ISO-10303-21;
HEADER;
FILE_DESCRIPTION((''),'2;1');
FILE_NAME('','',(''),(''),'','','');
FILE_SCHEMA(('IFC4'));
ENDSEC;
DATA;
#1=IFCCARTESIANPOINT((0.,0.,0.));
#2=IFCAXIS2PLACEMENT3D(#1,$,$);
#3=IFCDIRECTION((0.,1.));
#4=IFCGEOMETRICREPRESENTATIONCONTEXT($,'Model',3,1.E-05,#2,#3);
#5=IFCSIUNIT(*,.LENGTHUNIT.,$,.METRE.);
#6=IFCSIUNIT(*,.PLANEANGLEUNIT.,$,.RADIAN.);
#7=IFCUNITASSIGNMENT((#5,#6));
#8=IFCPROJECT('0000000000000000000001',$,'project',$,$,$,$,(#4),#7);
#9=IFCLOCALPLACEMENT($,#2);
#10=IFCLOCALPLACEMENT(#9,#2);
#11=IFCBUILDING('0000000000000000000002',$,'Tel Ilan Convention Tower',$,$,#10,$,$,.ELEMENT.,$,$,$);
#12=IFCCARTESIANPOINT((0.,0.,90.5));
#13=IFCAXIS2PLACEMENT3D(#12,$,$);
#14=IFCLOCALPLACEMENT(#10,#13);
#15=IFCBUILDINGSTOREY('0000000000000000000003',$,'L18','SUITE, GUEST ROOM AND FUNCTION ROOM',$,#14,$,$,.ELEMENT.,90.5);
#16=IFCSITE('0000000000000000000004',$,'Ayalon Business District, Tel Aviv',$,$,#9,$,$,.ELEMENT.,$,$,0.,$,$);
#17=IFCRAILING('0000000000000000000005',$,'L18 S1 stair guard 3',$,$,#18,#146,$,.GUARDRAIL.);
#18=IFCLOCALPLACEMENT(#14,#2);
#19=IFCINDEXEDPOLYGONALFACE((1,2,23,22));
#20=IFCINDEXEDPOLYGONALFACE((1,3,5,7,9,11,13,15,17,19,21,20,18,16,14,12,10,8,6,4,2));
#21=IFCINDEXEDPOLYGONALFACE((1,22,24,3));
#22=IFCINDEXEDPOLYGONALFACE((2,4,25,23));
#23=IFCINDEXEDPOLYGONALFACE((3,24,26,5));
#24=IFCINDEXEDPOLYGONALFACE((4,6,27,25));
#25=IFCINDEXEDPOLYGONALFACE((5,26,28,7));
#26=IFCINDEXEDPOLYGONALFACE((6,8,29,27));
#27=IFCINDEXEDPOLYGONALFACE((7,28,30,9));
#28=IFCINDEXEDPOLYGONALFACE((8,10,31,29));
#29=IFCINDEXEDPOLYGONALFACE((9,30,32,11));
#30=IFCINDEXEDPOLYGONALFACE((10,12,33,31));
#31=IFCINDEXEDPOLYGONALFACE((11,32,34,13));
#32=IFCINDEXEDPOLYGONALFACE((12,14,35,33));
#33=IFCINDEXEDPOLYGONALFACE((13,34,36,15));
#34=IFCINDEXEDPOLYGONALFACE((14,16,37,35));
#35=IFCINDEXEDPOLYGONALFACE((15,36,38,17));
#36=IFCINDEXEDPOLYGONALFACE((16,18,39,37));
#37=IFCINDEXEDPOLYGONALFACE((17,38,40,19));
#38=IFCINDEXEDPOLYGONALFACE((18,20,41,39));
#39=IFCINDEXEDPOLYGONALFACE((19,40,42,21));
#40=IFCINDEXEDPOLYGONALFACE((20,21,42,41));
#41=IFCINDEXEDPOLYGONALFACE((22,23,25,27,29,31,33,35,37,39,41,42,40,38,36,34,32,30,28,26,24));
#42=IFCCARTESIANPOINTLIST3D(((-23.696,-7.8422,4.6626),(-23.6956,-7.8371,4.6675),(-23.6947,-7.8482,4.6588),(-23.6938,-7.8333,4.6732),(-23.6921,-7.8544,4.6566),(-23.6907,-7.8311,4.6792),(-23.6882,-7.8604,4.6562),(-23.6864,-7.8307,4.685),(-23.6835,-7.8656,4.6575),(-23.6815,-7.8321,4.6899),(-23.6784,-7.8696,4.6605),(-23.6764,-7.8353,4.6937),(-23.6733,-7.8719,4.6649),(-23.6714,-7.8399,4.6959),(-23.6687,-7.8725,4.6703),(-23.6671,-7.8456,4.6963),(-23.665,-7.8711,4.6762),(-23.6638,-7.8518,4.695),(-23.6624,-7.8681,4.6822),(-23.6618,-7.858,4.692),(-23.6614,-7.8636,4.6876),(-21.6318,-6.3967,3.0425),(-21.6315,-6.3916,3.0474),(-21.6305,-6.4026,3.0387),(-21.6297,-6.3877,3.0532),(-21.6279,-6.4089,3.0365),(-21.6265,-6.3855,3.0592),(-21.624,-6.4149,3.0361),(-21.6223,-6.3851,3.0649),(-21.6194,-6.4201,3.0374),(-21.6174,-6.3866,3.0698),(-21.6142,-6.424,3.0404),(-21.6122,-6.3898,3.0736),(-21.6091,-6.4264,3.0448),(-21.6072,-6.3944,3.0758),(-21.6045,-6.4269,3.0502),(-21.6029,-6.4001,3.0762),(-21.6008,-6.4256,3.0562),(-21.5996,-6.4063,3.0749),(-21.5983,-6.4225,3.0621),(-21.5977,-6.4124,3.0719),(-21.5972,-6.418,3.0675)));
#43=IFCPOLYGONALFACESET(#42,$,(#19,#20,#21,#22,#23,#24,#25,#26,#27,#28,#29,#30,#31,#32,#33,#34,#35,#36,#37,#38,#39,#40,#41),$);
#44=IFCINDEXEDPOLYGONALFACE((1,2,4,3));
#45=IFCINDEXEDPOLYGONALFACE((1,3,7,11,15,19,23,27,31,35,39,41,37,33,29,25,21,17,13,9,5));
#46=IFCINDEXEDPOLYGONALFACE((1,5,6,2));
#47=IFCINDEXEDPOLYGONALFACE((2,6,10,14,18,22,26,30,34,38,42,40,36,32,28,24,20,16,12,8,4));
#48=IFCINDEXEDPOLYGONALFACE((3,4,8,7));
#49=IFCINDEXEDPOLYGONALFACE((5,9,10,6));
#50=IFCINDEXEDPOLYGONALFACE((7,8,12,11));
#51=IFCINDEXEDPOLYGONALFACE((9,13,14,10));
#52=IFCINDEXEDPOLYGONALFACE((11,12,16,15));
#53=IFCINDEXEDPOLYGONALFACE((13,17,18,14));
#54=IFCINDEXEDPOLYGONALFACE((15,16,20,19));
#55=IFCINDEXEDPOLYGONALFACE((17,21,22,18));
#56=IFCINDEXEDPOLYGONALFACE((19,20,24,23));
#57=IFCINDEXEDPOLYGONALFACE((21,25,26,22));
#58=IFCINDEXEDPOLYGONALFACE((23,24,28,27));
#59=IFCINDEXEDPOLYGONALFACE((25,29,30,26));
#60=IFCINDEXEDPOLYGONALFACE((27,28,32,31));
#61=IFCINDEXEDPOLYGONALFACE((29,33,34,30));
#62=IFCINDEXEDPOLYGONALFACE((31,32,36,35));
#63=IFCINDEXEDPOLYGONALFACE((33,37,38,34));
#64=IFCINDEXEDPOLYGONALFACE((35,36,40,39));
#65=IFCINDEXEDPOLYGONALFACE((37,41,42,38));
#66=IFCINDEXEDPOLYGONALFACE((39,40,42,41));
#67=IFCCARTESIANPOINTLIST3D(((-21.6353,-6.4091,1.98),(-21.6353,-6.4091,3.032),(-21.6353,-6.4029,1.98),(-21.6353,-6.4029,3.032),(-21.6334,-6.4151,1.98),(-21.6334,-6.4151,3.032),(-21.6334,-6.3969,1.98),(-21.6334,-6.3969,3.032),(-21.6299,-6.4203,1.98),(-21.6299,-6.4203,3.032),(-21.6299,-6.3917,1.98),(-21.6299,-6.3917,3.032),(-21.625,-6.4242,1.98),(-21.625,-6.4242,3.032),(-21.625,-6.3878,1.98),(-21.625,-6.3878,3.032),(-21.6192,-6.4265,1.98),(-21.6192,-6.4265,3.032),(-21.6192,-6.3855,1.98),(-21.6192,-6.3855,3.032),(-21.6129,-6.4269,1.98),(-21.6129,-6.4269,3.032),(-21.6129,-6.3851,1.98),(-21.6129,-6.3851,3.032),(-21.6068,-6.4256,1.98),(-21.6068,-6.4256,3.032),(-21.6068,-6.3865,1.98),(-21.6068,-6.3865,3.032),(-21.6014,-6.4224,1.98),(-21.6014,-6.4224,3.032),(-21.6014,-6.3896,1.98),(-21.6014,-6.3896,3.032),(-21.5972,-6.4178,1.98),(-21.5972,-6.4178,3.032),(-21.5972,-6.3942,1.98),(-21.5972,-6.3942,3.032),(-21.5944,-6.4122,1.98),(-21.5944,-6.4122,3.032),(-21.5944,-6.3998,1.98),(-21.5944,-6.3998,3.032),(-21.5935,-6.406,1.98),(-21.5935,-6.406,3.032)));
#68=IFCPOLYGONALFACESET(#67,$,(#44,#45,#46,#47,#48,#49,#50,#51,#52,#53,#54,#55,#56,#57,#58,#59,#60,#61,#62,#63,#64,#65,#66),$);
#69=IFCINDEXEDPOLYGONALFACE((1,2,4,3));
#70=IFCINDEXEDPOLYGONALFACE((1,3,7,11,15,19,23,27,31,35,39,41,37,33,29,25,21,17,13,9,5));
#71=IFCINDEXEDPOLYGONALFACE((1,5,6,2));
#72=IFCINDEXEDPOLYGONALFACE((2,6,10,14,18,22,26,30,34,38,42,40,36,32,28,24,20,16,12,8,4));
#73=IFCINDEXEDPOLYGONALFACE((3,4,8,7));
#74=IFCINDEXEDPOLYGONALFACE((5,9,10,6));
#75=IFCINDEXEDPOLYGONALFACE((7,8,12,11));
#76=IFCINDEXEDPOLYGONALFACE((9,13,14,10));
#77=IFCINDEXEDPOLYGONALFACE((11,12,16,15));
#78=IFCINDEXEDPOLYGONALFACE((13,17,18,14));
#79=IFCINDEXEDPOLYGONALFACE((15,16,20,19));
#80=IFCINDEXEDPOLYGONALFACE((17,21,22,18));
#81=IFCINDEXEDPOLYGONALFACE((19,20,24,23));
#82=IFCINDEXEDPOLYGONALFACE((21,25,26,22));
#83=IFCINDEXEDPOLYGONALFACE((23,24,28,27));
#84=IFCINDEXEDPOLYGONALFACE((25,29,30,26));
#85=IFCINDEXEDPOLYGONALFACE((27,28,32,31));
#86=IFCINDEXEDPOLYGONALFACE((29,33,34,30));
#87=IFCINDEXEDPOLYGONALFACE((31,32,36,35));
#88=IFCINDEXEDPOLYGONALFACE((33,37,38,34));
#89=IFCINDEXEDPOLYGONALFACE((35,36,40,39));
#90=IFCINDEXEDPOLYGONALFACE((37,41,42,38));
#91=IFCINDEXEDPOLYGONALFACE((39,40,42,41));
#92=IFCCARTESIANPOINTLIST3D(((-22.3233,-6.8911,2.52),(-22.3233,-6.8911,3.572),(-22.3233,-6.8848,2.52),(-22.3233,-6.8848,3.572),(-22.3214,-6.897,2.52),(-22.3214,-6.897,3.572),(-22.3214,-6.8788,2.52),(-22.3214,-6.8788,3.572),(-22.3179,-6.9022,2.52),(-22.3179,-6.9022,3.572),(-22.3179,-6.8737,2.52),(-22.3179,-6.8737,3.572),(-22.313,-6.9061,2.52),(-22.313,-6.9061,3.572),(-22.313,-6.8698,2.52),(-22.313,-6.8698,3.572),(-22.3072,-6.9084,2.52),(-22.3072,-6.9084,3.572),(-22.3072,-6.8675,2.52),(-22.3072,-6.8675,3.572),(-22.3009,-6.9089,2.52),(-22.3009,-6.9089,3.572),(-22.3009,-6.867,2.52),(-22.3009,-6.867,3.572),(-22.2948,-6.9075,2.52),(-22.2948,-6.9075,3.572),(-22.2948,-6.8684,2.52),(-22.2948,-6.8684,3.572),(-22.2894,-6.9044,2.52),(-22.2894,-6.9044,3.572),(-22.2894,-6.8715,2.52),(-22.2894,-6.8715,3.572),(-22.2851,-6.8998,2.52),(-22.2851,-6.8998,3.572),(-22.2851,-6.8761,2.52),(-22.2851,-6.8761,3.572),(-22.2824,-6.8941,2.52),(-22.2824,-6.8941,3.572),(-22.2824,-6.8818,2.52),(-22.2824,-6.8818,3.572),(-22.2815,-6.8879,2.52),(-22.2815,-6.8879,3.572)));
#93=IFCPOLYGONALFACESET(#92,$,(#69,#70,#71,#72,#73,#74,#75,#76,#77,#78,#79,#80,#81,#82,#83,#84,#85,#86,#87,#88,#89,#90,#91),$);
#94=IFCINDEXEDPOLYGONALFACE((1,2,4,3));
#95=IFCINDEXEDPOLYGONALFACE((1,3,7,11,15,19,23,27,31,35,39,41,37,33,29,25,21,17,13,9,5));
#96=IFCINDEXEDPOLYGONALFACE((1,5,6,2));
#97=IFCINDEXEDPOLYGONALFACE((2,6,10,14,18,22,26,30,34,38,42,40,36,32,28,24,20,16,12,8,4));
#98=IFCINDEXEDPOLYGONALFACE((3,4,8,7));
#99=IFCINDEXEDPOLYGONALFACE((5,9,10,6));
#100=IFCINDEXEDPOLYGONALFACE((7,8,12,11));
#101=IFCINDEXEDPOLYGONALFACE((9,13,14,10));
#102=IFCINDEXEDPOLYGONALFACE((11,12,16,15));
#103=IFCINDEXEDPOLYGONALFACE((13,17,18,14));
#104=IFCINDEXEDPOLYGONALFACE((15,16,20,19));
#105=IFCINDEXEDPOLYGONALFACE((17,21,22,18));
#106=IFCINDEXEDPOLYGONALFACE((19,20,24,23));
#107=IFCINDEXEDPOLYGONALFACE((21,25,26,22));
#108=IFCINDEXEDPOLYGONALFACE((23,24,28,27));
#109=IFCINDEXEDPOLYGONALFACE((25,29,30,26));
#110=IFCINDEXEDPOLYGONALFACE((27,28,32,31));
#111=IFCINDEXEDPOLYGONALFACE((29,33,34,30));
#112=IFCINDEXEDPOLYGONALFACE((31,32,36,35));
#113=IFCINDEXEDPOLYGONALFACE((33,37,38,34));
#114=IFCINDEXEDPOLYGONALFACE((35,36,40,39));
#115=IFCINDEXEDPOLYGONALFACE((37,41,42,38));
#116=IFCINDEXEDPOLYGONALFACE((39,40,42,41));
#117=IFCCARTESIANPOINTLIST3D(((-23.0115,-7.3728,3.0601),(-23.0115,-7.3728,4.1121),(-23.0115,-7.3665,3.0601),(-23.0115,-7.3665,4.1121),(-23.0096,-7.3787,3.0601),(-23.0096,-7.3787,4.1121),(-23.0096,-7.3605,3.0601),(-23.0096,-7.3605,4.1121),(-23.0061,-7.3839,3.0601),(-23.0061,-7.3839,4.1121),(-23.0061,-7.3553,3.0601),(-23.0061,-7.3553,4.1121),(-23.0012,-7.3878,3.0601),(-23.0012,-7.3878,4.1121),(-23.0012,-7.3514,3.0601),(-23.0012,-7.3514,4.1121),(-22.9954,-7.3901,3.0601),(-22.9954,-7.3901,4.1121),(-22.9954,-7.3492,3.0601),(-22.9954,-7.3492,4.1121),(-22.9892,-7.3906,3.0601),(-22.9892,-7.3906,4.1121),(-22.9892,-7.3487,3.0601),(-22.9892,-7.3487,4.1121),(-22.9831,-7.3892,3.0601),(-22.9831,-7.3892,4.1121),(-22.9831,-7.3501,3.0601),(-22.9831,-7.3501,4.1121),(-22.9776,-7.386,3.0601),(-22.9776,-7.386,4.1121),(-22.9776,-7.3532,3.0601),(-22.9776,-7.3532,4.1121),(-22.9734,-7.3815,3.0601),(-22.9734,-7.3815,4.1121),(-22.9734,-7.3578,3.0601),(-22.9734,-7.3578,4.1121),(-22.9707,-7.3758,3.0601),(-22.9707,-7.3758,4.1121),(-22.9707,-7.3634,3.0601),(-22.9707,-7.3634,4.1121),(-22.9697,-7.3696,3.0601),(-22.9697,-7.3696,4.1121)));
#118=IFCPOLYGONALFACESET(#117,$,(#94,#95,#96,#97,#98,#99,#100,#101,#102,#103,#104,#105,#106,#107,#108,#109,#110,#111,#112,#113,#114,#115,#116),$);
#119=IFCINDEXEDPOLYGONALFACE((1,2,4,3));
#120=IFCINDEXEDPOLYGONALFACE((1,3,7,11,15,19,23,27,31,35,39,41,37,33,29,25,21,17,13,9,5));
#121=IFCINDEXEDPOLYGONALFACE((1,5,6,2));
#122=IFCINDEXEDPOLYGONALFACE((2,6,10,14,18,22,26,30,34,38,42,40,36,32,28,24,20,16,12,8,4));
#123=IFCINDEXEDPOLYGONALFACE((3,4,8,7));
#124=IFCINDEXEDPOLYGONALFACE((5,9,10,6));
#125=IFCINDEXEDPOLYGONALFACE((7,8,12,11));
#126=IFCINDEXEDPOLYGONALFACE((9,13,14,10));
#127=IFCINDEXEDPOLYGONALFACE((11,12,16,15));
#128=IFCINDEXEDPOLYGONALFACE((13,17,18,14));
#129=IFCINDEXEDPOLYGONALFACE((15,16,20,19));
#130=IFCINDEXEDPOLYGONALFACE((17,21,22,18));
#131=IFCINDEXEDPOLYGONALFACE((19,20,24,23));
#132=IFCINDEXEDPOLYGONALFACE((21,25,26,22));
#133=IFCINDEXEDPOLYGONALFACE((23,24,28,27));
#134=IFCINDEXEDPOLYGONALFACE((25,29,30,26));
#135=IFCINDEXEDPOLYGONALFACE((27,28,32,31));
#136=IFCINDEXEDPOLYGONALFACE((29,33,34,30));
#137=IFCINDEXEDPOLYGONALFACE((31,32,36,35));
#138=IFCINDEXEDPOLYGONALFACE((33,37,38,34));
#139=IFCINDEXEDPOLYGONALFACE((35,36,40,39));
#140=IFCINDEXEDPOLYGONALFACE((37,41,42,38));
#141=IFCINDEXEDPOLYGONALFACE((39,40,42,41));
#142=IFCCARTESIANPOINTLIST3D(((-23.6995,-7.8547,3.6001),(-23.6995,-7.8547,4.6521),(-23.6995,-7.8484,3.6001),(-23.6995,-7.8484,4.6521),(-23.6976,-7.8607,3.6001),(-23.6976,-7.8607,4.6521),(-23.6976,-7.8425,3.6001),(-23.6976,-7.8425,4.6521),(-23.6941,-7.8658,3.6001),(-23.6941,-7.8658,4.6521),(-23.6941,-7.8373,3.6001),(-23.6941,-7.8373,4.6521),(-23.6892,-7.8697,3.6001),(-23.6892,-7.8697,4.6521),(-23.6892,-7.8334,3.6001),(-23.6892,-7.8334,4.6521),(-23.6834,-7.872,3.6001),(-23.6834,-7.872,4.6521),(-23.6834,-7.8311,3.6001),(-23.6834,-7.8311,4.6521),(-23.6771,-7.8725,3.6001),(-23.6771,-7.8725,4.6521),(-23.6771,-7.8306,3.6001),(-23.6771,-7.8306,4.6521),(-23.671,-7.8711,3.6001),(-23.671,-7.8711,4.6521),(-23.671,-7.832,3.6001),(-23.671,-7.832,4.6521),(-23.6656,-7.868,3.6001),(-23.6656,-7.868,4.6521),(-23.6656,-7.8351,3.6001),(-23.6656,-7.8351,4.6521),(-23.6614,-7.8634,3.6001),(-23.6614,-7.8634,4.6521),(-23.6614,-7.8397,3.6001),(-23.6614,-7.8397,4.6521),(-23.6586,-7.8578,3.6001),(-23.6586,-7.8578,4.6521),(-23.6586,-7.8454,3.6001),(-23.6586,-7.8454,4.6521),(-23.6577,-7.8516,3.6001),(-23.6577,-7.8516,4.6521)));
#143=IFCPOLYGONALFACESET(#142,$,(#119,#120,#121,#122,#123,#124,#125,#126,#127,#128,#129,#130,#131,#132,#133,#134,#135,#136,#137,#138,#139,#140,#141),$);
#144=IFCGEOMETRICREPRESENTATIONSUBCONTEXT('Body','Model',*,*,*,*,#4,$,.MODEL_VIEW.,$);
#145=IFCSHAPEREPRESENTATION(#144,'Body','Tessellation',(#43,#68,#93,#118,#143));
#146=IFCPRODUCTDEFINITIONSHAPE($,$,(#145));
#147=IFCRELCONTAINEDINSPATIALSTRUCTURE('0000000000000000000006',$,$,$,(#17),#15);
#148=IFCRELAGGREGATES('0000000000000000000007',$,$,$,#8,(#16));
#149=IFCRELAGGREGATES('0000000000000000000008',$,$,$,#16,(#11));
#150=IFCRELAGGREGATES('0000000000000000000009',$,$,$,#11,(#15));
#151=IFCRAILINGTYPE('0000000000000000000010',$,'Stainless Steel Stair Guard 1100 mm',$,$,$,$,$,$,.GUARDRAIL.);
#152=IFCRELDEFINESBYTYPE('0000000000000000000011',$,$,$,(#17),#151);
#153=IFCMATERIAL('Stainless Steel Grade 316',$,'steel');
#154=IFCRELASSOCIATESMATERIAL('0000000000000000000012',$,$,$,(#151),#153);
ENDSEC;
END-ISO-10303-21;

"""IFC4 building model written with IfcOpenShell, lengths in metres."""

from ifc_helpers import new_model, si_unit, direction, frame, origin, origin_2d, place, context, subcontext, project, spatial, circle, extrude, material, type_object, element, save


model = new_model("IFC4")

# Units and contexts
model_context = context("Model", 3, precision=1e-05, world=origin(), true_north=direction((0.0, 1.0)))
body_context = subcontext(model_context, "Body", "Model", "MODEL_VIEW")
ifc_project = project(units=[si_unit("LENGTHUNIT", "METRE"), si_unit("PLANEANGLEUNIT", "RADIAN")], contexts=[model_context])

# Site, building, storey
site_placement = place(None, origin())
site = spatial("IfcSite", under=ifc_project, at=site_placement, Name="Ayalon Business District, Tel Aviv", CompositionType="ELEMENT", RefElevation=0.0)
building_placement = place(site_placement, origin())
building = spatial("IfcBuilding", under=site, at=building_placement, Name="Tel Ilan Convention Tower", CompositionType="ELEMENT")
storey_placement = place(building_placement, frame((0.0, 0.0, 90.5)))
storey = spatial("IfcBuildingStorey", under=building, at=storey_placement, Name="L18", Description="SUITE, GUEST ROOM AND FUNCTION ROOM", CompositionType="ELEMENT", Elevation=90.5)

# Railing
ifc_material_1 = material(Name="Stainless Steel Grade 316", Category="steel")
railing_type_1 = type_object("IfcRailingType", Name="Stainless Steel Stair Guard 1100 mm", PredefinedType="GUARDRAIL", material=ifc_material_1)
railing_1_placement = place(storey_placement, frame((-21.6145, -6.406, 1.98)))
element("IfcRailing", 1, at=railing_1_placement, inside=storey, type_object=railing_type_1, Name="L18 S1 stair guard 3", PredefinedType="GUARDRAIL", context=body_context, shape_type="SweptSolid", body=[
    extrude(circle(Radius=0.0239, at=origin_2d()), frame((0.0, 0.0, 1.0762), z_axis=(-0.689013, -0.482513, 0.540779), x_axis=(0.573625, -0.819118, 0.0)), (0.0, 0.0, 1.0), 2.9958),
    extrude(circle(Radius=0.021, at=origin_2d()), origin(), (0.0, 0.0, 1.0), 1.052),
    extrude(circle(Radius=0.021, at=origin_2d()), frame((-0.688, -0.4819, 0.54)), (0.0, 0.0, 1.0), 1.052),
    extrude(circle(Radius=0.021, at=origin_2d()), frame((-1.3762, -0.9636, 1.0801)), (0.0, 0.0, 1.0), 1.052),
    extrude(circle(Radius=0.021, at=origin_2d()), frame((-2.0642, -1.4456, 1.6201)), (0.0, 0.0, 1.0), 1.052),
])

save(model, "model.ifc")
